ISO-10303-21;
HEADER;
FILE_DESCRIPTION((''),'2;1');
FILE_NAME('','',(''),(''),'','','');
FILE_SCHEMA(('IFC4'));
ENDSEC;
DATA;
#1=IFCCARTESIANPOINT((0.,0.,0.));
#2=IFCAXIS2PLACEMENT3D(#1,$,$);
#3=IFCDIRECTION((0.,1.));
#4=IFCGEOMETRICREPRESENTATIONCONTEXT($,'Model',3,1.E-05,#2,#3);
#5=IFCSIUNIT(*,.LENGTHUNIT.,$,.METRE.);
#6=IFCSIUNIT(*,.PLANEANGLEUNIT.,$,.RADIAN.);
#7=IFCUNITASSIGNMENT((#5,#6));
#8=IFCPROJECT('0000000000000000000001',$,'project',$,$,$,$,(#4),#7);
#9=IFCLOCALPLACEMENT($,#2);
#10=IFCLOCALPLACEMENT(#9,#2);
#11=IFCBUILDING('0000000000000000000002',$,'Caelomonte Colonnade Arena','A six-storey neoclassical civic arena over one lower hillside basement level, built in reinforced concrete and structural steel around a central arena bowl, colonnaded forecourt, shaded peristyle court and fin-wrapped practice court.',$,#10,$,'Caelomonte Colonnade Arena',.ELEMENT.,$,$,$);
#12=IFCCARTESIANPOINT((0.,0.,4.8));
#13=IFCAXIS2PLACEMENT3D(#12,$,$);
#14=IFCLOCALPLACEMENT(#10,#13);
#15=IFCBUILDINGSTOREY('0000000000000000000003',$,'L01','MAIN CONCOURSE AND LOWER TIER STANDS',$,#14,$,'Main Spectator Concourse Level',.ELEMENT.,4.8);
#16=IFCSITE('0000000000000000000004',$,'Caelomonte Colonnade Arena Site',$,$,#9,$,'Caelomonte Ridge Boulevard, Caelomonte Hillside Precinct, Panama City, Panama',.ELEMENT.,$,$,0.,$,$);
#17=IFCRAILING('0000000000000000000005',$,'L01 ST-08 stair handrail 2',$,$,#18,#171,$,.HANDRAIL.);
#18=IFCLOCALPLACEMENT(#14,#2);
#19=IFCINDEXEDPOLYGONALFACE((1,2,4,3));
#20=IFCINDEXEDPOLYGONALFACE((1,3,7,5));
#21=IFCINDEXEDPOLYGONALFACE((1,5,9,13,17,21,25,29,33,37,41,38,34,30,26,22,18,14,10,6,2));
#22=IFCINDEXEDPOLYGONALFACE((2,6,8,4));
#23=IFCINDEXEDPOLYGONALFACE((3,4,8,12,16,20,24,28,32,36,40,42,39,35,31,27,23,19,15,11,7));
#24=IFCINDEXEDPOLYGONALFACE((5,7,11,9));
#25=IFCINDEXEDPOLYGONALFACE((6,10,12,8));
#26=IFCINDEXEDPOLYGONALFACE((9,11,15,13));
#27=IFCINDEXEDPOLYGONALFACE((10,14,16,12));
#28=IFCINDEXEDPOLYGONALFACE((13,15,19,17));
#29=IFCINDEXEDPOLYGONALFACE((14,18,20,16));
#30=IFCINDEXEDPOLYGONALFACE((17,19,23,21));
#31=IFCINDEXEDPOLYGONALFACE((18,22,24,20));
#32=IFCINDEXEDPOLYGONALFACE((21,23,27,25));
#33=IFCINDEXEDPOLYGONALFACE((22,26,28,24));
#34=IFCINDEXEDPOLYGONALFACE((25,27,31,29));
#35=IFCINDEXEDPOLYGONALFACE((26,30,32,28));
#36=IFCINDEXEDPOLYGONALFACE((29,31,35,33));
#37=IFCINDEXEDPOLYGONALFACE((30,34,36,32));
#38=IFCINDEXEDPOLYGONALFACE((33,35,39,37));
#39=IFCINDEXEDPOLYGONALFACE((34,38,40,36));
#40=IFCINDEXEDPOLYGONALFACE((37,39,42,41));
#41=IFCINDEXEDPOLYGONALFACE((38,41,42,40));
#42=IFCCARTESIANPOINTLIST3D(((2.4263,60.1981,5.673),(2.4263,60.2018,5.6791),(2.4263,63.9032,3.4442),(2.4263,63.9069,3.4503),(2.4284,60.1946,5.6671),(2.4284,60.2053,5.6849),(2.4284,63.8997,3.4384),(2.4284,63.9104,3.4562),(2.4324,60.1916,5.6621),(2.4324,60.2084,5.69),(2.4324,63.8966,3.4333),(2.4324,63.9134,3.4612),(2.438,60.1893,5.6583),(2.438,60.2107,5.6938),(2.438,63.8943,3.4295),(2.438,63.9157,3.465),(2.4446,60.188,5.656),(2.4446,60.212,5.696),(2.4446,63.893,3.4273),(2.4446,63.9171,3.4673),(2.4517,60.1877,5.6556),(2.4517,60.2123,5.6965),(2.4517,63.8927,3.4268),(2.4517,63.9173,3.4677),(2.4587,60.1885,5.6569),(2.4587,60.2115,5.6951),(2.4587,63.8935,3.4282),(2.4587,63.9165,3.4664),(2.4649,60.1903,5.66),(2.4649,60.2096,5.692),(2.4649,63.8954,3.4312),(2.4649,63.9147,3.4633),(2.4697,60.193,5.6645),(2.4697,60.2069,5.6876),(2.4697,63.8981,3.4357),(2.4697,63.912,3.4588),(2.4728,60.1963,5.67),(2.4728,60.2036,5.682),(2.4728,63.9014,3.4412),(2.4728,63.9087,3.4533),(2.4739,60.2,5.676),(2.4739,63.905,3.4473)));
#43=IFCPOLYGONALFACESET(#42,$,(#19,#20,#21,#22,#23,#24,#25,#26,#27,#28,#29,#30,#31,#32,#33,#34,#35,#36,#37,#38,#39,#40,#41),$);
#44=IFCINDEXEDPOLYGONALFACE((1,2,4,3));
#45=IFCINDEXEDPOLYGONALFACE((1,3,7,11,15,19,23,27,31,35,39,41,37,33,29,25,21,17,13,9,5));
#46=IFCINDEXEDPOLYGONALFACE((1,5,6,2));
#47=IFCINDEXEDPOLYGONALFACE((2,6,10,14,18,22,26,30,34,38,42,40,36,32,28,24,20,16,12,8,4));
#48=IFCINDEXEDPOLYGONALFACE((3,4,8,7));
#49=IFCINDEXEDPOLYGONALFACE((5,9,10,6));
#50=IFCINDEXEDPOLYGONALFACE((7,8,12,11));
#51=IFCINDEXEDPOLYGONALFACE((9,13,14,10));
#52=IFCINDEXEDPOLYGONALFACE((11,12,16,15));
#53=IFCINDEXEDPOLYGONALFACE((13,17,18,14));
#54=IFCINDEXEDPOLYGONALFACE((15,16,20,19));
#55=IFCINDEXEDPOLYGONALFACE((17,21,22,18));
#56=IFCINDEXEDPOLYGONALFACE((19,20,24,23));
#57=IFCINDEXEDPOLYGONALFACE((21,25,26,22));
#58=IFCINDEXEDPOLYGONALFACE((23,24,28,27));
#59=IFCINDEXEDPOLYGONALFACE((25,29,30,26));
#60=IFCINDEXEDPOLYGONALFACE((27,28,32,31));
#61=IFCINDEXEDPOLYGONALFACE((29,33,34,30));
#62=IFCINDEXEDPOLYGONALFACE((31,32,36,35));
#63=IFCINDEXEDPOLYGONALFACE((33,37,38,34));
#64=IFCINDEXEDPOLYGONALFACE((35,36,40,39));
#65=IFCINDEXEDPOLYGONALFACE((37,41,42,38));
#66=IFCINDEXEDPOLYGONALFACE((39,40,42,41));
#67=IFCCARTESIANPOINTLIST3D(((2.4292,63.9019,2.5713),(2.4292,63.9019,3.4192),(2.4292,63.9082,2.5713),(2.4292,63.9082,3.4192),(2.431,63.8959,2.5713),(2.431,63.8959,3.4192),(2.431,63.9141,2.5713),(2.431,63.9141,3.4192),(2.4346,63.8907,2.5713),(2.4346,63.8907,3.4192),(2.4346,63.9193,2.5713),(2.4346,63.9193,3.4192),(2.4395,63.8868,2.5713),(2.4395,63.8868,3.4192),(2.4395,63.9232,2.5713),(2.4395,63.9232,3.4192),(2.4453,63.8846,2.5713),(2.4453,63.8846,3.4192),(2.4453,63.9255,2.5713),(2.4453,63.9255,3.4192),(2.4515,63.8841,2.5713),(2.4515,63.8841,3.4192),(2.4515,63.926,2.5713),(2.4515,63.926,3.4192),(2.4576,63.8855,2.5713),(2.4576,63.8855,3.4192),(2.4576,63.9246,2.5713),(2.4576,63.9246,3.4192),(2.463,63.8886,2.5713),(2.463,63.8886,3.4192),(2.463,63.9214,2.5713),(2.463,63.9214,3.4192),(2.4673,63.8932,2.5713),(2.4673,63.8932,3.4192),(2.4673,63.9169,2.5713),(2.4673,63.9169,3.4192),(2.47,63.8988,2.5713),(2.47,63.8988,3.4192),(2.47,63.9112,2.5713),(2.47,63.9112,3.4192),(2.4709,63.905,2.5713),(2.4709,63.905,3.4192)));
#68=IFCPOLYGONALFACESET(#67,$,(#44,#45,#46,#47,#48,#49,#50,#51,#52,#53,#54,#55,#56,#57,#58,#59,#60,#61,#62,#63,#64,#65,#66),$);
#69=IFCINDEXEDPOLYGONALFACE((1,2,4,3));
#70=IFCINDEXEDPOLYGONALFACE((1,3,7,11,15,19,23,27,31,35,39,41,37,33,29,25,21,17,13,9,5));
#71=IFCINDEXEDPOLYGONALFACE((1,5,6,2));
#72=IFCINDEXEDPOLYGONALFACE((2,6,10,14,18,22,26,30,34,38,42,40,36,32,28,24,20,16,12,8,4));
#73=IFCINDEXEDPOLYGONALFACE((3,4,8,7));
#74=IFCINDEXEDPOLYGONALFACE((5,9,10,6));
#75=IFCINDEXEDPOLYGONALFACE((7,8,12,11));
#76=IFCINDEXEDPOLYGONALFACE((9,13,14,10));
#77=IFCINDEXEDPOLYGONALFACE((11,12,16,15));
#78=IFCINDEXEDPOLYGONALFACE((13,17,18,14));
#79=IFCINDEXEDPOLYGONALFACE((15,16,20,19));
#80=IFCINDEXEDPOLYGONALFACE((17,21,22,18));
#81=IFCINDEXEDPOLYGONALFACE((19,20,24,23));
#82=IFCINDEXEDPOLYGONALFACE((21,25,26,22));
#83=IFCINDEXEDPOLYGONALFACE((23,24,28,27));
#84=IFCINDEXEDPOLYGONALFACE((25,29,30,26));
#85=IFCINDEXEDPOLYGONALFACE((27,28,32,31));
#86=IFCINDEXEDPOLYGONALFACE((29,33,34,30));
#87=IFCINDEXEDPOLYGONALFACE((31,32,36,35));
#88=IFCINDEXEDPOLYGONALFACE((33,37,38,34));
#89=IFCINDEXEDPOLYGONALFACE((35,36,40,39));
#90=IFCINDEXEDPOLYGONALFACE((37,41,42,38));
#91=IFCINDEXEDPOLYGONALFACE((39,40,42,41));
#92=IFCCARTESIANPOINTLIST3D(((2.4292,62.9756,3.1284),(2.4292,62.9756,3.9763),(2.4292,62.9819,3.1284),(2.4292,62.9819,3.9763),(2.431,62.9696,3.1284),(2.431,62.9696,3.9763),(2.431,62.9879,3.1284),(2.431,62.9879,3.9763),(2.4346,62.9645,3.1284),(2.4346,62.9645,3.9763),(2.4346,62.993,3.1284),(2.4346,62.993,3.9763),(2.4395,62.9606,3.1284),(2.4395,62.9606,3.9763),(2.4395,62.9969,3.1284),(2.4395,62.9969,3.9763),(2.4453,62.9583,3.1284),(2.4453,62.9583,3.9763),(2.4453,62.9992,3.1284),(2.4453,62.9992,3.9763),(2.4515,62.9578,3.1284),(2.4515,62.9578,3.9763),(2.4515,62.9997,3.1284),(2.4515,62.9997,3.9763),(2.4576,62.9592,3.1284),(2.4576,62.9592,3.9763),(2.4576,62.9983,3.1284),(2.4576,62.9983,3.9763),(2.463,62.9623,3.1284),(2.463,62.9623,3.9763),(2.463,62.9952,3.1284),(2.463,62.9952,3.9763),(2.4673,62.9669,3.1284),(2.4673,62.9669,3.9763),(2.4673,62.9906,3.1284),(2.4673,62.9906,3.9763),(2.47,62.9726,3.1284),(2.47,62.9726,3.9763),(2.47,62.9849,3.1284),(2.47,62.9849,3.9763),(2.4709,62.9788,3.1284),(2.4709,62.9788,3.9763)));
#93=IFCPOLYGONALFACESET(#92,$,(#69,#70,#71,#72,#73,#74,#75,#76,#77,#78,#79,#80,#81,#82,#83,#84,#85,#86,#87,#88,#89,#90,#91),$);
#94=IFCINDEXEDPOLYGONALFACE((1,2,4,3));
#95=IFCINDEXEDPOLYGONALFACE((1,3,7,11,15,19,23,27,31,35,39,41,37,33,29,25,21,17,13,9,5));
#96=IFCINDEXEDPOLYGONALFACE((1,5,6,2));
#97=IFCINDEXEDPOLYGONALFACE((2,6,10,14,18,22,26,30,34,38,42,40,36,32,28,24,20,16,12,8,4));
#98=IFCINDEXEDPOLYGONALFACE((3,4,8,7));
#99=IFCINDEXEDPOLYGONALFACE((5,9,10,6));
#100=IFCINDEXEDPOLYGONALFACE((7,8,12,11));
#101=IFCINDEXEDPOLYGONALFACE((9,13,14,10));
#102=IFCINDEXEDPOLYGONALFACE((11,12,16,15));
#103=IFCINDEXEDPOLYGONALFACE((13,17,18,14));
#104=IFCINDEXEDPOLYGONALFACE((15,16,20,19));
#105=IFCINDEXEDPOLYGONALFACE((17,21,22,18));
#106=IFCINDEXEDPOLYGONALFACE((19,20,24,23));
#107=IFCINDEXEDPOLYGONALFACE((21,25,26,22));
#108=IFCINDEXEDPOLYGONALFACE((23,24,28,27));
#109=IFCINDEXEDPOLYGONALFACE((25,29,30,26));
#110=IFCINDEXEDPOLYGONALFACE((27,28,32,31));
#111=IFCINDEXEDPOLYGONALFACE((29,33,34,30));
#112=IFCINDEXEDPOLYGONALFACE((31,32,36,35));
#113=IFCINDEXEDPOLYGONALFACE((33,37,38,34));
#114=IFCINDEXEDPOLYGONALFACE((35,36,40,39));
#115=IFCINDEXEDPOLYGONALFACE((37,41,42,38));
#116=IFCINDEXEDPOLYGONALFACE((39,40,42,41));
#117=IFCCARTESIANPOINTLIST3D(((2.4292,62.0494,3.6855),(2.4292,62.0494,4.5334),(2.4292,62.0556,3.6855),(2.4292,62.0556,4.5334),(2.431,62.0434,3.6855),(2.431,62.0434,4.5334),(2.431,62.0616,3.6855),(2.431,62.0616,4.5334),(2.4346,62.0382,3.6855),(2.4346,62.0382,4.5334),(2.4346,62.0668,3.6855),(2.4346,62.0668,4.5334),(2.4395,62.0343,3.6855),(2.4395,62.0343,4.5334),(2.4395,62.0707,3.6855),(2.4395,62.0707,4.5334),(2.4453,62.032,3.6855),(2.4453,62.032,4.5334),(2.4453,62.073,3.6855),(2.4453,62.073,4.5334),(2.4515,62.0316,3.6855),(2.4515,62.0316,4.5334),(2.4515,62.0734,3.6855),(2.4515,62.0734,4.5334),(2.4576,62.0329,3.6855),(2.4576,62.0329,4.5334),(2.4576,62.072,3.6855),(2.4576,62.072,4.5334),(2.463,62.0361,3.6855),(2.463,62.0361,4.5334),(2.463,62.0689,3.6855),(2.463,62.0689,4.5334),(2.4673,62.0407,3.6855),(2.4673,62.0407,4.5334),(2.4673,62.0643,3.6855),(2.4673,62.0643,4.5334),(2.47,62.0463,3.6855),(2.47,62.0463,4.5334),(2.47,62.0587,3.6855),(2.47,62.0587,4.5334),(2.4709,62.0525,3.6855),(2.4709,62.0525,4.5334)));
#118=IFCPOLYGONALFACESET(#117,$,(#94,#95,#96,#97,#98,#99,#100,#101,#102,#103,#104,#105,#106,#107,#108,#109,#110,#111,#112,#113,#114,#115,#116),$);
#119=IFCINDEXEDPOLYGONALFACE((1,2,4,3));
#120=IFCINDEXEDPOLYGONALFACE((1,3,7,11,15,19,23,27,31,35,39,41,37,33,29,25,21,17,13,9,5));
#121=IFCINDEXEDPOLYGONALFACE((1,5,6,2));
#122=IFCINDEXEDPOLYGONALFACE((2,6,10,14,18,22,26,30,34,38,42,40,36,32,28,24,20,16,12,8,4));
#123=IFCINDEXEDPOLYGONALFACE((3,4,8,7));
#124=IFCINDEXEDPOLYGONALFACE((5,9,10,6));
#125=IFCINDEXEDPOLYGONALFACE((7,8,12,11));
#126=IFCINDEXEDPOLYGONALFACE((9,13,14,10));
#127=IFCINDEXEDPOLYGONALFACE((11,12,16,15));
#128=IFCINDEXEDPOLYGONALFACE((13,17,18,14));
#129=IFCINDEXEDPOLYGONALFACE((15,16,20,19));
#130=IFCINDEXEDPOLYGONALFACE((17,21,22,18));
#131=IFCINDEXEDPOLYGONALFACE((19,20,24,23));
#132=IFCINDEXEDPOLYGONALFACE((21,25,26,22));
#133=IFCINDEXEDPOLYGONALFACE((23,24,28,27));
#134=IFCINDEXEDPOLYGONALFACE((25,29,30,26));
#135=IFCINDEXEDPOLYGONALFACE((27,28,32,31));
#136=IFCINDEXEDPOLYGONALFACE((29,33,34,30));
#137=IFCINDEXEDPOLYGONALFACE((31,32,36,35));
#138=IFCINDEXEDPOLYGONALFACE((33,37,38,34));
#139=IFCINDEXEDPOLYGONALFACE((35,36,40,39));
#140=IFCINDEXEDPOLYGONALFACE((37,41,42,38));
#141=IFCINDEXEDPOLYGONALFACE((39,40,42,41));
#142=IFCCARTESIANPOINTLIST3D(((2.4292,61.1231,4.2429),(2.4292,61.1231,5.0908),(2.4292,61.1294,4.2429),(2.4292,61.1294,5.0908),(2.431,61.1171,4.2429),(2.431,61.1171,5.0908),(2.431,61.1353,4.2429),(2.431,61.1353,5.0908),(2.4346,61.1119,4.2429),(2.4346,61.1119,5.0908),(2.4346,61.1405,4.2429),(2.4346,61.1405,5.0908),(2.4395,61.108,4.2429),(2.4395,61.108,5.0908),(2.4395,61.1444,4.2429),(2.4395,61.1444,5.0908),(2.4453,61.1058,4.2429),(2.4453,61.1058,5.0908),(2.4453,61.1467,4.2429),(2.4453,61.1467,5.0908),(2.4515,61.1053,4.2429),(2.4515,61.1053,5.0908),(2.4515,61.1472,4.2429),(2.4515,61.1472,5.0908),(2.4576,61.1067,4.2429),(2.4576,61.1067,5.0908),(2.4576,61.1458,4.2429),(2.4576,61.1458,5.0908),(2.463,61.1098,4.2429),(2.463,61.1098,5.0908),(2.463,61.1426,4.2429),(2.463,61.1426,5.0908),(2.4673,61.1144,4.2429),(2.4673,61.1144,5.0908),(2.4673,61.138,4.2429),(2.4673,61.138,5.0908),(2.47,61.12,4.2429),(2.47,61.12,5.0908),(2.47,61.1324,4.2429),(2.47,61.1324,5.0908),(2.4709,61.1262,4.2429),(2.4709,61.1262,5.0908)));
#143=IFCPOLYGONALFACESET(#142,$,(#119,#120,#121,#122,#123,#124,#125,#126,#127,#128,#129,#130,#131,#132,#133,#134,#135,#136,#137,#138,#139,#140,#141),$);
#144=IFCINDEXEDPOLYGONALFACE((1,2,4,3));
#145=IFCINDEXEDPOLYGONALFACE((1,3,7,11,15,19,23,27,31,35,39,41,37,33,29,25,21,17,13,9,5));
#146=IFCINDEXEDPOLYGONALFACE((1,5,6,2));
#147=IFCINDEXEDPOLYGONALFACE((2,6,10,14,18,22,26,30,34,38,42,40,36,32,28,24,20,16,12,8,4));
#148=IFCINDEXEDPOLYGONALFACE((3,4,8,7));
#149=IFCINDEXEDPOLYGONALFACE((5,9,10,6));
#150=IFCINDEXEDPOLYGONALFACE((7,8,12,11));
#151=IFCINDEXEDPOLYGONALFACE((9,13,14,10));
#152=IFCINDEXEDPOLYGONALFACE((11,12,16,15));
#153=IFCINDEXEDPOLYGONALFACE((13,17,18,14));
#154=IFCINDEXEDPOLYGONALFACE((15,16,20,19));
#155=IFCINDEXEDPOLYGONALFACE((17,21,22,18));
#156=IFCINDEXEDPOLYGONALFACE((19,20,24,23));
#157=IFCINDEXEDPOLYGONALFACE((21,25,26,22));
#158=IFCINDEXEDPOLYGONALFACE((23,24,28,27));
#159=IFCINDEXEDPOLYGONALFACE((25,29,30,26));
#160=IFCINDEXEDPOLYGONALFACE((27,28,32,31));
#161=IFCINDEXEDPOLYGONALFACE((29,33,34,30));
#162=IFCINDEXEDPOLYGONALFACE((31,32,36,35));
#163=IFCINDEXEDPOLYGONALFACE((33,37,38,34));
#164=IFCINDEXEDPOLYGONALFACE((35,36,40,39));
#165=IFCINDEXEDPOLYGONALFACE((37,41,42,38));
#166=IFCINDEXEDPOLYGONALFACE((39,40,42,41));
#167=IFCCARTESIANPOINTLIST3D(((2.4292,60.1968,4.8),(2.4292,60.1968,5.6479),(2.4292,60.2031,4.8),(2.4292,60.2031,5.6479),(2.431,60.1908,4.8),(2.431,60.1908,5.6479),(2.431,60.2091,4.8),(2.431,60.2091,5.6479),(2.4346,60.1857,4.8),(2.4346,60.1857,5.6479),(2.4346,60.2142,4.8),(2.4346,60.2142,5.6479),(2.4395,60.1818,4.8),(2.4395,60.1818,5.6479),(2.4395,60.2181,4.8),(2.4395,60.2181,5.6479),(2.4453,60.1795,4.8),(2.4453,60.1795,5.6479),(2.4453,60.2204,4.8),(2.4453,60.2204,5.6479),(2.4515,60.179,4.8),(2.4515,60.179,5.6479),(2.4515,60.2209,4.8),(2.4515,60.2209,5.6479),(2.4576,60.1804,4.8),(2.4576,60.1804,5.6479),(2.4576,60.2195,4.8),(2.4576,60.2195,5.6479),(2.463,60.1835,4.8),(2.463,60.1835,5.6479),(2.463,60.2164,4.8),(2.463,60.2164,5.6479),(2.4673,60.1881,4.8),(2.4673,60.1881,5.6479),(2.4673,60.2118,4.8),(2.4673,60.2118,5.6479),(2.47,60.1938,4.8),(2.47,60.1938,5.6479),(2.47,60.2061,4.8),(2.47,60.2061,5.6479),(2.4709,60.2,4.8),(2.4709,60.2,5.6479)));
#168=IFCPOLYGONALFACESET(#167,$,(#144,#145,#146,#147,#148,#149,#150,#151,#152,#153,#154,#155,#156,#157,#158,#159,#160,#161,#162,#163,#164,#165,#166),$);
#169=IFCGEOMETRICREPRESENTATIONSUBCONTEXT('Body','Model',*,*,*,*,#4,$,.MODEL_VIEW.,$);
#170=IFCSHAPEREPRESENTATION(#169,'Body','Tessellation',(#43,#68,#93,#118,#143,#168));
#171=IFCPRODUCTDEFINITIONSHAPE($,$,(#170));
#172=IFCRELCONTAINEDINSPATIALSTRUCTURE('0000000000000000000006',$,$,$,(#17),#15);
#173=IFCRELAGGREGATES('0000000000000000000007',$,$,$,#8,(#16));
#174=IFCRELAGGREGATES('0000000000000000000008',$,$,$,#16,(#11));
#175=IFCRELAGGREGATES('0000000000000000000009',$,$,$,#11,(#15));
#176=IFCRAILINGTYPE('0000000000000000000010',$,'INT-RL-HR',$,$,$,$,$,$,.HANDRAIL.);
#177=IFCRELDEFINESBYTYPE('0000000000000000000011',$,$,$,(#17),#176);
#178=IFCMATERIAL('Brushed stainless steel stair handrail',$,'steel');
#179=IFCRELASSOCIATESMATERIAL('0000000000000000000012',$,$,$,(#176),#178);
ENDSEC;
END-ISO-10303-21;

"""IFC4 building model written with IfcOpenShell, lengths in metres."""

from ifc_helpers import new_model, si_unit, direction, frame, origin, origin_2d, place, context, subcontext, project, spatial, circle, extrude, material, type_object, element, save


model = new_model("IFC4")

# Units and contexts
model_context = context("Model", 3, precision=1e-05, world=origin(), true_north=direction((0.0, 1.0)))
body_context = subcontext(model_context, "Body", "Model", "MODEL_VIEW")
ifc_project = project(units=[si_unit("LENGTHUNIT", "METRE"), si_unit("PLANEANGLEUNIT", "RADIAN")], contexts=[model_context])

# Site, building, storey
site_placement = place(None, origin())
site = spatial("IfcSite", under=ifc_project, at=site_placement, Name="Caelomonte Colonnade Arena Site", LongName="Caelomonte Ridge Boulevard, Caelomonte Hillside Precinct, Panama City, Panama", CompositionType="ELEMENT", RefElevation=0.0)
building_placement = place(site_placement, origin())
building = spatial("IfcBuilding", under=site, at=building_placement, Name="Caelomonte Colonnade Arena", Description="A six-storey neoclassical civic arena over one lower hillside basement level, built in reinforced concrete and structural steel around a central arena bowl, colonnaded forecourt, shaded peristyle court and fin-wrapped practice court.", LongName="Caelomonte Colonnade Arena", CompositionType="ELEMENT")
storey_placement = place(building_placement, frame((0.0, 0.0, 4.8)))
storey = spatial("IfcBuildingStorey", under=building, at=storey_placement, Name="L01", Description="MAIN CONCOURSE AND LOWER TIER STANDS", LongName="Main Spectator Concourse Level", CompositionType="ELEMENT", Elevation=4.8)

# Railing
ifc_material_1 = material(Name="Brushed stainless steel stair handrail", Category="steel")
railing_type_1 = type_object("IfcRailingType", Name="INT-RL-HR", PredefinedType="HANDRAIL", material=ifc_material_1)
railing_1_placement = place(storey_placement, frame((2.45, 63.905, 2.5713)))
element("IfcRailing", 1, at=railing_1_placement, inside=storey, type_object=railing_type_1, Name="L01 ST-08 stair handrail 2", PredefinedType="HANDRAIL", context=body_context, shape_type="SweptSolid", body=[
    extrude(circle(Radius=0.0239, at=origin_2d()), frame((0.0, 0.0, 0.876), z_axis=(0.0, -0.856909, 0.515467), x_axis=(1.0, 0.0, 0.0)), (0.0, 0.0, 1.0), 4.3237),
    extrude(circle(Radius=0.021, at=origin_2d()), origin(), (0.0, 0.0, 1.0), 0.8479),
    extrude(circle(Radius=0.021, at=origin_2d()), frame((0.0, -0.9263, 0.5571)), (0.0, 0.0, 1.0), 0.8479),
    extrude(circle(Radius=0.021, at=origin_2d()), frame((0.0, -1.8525, 1.1143)), (0.0, 0.0, 1.0), 0.8479),
    extrude(circle(Radius=0.021, at=origin_2d()), frame((0.0, -2.7788, 1.6716)), (0.0, 0.0, 1.0), 0.8479),
    extrude(circle(Radius=0.021, at=origin_2d()), frame((0.0, -3.7051, 2.2288)), (0.0, 0.0, 1.0), 0.8479),
])

save(model, "model.ifc")
